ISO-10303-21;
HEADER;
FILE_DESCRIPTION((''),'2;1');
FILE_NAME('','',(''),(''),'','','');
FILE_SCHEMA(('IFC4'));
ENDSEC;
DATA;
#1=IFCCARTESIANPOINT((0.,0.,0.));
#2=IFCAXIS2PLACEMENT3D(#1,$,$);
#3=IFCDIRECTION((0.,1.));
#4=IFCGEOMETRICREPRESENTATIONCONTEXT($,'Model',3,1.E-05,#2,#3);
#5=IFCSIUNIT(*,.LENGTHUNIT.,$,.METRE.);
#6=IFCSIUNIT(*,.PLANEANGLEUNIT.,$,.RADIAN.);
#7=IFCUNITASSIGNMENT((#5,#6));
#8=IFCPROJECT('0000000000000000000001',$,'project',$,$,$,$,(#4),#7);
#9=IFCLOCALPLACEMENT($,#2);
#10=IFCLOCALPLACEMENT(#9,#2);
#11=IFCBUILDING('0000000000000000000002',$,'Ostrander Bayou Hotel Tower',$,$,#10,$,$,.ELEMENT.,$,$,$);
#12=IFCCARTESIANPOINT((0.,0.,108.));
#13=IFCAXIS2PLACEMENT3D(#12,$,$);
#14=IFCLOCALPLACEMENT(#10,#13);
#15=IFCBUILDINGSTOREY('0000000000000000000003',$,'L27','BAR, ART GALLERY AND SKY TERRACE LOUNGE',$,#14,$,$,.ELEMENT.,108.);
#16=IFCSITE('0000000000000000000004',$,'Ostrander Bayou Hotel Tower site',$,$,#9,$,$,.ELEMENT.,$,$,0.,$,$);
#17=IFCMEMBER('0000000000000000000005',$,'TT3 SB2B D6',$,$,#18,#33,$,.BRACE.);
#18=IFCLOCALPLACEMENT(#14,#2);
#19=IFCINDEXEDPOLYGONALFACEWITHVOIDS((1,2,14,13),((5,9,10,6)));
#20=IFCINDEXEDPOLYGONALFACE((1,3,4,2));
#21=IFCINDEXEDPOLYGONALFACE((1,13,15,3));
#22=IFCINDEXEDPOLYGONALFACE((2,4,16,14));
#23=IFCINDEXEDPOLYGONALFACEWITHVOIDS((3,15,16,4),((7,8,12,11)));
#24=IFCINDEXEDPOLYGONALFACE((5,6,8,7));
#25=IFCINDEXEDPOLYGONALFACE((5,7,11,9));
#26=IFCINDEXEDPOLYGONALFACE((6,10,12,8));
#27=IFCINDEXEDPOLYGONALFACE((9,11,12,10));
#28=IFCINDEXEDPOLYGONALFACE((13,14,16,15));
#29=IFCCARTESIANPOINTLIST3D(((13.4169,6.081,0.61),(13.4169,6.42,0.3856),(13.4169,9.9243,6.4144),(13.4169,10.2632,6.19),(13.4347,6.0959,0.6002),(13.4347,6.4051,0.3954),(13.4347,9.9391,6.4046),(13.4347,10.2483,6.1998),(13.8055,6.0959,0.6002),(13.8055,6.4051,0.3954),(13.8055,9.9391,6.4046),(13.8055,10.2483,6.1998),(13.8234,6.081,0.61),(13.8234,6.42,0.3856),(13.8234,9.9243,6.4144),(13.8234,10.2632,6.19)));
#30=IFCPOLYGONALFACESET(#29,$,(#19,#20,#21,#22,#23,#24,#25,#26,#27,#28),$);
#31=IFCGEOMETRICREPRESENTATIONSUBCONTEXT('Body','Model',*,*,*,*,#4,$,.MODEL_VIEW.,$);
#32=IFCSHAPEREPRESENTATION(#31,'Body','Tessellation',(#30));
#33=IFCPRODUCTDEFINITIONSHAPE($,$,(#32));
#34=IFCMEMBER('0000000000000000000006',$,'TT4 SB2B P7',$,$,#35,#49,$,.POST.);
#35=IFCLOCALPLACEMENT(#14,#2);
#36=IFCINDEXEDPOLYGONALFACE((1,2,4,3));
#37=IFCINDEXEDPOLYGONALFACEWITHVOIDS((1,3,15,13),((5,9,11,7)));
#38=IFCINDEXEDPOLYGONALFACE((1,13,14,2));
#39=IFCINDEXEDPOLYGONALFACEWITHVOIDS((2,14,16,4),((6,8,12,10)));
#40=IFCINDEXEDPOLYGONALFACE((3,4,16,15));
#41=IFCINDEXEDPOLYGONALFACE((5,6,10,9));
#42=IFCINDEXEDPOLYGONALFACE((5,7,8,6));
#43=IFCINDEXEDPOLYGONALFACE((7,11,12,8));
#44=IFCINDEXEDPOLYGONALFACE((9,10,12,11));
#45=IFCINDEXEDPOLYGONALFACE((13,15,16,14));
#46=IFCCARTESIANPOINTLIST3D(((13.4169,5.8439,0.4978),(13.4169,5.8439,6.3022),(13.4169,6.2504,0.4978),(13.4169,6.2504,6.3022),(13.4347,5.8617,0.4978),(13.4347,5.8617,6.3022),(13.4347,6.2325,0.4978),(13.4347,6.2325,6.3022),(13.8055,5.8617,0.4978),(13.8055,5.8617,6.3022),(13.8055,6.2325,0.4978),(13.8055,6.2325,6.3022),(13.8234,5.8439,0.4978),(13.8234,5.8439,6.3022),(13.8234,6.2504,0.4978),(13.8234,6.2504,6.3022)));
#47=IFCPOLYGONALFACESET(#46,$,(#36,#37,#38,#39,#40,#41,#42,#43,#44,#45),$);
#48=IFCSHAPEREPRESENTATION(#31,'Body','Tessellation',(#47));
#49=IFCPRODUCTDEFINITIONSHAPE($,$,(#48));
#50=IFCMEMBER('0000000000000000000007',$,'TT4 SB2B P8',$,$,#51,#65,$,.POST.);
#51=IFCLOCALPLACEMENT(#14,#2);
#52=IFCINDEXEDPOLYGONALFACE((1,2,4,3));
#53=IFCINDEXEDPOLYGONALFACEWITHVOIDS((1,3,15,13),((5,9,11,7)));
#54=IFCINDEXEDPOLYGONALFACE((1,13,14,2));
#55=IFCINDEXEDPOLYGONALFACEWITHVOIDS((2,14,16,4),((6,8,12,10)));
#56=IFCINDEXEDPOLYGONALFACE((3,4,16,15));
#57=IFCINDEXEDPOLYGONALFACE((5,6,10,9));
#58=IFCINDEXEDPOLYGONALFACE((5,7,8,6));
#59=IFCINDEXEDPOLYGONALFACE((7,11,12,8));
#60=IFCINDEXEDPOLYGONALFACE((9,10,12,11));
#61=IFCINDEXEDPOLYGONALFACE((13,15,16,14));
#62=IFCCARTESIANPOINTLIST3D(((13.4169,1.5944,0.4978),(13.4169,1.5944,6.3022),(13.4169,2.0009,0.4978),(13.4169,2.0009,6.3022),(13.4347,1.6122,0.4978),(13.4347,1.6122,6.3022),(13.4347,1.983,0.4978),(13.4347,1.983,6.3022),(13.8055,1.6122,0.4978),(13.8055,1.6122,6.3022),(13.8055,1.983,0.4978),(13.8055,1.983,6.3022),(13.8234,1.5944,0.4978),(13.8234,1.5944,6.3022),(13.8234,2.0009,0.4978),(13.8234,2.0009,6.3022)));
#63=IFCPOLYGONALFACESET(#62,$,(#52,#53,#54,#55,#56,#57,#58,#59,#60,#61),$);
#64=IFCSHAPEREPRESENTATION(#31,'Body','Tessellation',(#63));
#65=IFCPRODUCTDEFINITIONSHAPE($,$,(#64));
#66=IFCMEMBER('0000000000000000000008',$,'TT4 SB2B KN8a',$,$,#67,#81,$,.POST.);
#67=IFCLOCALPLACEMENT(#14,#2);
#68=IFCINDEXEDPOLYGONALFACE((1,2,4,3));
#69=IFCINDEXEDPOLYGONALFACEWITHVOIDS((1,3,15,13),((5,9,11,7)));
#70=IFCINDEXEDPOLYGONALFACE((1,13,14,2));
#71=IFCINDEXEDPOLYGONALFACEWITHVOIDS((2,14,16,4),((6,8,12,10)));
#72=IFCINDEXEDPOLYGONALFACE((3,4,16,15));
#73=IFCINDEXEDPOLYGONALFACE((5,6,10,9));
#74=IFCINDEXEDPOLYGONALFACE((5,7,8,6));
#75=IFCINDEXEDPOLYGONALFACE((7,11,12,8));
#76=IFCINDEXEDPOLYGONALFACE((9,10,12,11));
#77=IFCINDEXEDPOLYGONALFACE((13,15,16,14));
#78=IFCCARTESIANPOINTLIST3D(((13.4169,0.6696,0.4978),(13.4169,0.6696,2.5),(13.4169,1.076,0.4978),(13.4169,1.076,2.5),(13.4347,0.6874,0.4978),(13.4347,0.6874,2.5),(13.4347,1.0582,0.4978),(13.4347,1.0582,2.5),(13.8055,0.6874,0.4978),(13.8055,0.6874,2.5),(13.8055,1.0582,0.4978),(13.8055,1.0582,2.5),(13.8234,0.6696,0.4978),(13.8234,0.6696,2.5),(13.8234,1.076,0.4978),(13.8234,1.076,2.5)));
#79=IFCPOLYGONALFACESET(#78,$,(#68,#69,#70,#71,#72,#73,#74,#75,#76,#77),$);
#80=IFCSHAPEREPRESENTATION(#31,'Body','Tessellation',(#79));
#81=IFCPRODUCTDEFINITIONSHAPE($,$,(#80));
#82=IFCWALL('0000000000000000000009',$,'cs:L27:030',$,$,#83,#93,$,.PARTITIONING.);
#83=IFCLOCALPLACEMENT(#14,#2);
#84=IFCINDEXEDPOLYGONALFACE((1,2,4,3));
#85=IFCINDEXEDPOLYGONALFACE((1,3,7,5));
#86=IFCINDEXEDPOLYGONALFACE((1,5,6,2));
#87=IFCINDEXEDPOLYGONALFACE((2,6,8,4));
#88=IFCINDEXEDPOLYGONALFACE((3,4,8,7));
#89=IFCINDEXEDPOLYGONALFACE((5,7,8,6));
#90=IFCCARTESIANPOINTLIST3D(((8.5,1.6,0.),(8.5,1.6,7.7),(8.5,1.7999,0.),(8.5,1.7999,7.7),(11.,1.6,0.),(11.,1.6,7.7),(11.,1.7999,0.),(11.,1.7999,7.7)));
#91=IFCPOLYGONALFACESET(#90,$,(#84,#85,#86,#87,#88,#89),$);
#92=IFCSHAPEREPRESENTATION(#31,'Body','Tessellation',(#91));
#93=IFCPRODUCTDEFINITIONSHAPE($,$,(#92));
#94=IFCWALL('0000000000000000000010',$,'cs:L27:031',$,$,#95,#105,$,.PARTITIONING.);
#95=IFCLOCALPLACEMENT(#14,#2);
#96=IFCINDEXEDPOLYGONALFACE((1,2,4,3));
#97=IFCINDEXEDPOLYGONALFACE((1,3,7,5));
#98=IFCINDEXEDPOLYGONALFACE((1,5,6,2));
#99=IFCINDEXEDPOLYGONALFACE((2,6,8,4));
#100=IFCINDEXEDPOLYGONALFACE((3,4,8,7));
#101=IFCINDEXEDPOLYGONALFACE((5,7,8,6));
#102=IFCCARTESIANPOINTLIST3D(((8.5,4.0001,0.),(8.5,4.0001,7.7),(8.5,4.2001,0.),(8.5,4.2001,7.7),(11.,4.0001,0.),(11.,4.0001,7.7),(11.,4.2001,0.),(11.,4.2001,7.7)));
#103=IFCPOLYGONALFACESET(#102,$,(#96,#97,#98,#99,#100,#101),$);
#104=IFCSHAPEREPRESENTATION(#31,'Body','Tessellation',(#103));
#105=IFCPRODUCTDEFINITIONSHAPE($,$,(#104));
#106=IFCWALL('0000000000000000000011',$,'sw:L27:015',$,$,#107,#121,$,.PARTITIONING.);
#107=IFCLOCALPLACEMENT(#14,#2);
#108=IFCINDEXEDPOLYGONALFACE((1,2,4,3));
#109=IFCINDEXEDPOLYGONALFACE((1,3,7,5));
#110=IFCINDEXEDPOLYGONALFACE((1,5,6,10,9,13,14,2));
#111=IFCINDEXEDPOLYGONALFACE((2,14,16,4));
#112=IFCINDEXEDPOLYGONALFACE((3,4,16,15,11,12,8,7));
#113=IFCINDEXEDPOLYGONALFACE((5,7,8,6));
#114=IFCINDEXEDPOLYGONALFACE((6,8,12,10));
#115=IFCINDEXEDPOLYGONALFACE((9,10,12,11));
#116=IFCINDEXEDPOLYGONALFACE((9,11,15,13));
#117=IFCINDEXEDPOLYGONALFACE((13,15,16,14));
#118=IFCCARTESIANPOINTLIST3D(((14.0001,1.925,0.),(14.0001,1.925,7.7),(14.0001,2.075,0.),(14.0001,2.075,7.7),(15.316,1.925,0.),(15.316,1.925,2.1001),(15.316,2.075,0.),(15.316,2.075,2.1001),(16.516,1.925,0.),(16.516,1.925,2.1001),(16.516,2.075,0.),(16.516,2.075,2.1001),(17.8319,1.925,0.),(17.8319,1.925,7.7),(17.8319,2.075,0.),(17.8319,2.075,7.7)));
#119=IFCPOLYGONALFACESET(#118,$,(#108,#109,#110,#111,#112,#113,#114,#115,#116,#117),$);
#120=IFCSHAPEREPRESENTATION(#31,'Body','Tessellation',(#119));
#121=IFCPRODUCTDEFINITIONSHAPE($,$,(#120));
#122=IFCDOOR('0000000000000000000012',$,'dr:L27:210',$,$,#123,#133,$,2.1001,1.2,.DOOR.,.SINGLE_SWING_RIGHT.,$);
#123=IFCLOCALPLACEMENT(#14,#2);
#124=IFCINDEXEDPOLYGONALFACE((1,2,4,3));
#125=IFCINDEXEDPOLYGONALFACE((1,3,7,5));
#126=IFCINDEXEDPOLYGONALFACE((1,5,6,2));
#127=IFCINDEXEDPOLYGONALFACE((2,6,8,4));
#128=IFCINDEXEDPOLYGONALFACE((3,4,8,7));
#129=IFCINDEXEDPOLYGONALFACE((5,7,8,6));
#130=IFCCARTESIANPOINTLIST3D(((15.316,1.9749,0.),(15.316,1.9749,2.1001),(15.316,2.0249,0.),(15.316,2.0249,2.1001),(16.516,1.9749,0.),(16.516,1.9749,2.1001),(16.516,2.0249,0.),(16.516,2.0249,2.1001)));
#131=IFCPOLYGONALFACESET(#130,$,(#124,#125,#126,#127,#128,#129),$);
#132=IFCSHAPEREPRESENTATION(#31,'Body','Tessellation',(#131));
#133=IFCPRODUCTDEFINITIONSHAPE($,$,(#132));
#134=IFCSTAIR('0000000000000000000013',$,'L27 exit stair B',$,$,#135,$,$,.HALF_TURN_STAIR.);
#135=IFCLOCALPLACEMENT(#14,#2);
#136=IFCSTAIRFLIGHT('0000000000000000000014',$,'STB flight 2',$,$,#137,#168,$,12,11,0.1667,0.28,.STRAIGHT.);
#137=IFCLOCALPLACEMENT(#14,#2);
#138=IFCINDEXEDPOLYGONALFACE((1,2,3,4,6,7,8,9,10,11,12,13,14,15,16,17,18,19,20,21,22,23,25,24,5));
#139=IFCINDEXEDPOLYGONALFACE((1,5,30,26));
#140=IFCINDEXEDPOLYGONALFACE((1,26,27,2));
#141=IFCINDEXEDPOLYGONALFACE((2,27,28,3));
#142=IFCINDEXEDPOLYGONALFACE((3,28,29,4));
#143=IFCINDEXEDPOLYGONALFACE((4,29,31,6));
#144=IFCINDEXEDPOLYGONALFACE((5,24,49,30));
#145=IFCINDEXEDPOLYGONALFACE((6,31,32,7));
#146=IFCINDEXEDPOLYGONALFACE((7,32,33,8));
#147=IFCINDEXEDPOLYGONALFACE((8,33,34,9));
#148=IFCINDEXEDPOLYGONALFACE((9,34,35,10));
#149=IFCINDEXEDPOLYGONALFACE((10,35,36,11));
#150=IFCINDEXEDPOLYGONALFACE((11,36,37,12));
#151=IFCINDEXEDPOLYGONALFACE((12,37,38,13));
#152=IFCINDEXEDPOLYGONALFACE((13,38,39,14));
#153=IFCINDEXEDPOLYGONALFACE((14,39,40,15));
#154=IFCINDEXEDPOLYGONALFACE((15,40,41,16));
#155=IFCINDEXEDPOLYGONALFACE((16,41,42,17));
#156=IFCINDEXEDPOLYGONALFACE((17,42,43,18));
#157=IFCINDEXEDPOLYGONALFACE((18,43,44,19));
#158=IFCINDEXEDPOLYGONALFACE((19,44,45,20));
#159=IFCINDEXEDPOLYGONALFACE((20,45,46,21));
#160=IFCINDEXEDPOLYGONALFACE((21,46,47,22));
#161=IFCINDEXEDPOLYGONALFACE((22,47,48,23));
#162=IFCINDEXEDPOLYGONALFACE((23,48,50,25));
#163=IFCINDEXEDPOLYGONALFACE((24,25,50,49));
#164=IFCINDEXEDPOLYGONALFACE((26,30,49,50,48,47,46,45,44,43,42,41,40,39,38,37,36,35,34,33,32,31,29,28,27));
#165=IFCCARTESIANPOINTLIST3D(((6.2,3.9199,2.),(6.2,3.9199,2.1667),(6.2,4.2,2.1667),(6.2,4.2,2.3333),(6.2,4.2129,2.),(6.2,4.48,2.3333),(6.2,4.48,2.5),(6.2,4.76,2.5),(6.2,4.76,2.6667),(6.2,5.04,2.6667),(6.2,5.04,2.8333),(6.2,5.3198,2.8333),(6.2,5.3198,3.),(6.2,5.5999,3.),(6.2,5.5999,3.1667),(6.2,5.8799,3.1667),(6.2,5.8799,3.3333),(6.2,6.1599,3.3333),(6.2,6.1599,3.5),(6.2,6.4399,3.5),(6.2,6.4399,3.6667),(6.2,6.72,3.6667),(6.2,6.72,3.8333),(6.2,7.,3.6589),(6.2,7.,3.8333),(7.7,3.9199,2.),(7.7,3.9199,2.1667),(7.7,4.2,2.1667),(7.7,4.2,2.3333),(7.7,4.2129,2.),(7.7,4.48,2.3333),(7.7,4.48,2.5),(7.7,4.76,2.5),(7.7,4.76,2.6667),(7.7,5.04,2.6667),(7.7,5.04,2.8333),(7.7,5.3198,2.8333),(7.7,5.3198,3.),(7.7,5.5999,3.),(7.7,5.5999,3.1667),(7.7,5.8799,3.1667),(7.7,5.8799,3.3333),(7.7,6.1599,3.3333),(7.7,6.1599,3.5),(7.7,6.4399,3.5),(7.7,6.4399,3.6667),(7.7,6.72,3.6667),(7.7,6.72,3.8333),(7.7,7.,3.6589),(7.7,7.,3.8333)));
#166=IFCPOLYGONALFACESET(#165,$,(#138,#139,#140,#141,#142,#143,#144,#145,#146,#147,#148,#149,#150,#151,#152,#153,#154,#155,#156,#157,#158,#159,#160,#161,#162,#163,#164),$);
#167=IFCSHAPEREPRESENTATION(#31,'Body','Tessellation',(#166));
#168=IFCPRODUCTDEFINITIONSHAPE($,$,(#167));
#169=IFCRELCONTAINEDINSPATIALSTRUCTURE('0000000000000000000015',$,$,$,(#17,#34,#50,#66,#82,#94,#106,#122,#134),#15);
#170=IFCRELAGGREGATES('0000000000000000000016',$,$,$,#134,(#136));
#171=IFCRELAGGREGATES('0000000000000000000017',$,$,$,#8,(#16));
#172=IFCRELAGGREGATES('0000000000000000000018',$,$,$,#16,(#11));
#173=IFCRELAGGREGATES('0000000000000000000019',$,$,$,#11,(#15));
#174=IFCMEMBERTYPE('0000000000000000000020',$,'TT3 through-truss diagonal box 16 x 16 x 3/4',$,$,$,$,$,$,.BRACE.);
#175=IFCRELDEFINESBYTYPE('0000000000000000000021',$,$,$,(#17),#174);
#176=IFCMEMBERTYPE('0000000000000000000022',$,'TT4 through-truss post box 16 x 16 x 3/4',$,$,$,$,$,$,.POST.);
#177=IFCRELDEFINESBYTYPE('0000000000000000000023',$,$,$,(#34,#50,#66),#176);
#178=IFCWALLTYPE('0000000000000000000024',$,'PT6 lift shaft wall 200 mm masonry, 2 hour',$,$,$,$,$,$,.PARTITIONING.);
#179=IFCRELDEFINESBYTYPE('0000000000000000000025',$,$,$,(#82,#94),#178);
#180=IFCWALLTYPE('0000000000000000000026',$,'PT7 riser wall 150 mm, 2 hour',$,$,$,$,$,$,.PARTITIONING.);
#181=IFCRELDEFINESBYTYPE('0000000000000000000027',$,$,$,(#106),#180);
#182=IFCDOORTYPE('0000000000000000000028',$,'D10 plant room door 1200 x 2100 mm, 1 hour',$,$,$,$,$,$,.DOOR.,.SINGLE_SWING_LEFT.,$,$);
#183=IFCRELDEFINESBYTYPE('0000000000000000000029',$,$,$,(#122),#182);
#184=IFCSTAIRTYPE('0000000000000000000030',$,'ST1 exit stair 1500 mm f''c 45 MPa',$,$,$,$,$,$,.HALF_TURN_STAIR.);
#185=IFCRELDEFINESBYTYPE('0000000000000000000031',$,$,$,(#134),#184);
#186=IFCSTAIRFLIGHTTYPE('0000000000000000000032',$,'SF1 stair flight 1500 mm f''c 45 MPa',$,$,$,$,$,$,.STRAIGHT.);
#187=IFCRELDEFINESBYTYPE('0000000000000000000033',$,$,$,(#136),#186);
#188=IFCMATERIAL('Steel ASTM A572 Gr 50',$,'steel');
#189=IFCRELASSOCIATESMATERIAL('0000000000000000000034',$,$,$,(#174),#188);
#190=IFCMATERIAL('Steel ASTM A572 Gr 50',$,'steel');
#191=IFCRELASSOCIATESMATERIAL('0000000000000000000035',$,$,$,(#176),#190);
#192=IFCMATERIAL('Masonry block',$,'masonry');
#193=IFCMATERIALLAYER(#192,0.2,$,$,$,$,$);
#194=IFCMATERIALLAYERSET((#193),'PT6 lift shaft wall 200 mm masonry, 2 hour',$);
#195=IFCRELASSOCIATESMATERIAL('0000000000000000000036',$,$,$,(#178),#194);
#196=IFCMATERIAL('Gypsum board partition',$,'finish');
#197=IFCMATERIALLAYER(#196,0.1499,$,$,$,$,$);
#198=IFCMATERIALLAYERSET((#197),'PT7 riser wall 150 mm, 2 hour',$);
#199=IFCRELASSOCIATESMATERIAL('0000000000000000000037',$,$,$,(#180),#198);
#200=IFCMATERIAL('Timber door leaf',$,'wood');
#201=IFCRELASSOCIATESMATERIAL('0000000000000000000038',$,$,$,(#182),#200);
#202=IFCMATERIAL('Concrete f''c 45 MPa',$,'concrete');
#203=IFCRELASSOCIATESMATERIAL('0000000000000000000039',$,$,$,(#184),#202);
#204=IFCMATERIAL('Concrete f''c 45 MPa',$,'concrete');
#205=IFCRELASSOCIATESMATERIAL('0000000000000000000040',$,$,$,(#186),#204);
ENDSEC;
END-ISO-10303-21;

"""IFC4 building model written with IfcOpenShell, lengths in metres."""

from ifc_helpers import new_model, si_unit, direction, frame, frame_2d, origin, origin_2d, place, context, subcontext, project, spatial, polyline, rectangle, hollow_rectangle, outline, extrude, material, layer, layer_set, material_profile, profile_set, type_object, element, fill, aggregate, save


model = new_model("IFC4")

# Units and contexts
model_context = context("Model", 3, precision=1e-05, world=origin(), true_north=direction((0.0, 1.0)))
body_context = subcontext(model_context, "Body", "Model", "MODEL_VIEW")
ifc_project = project(units=[si_unit("LENGTHUNIT", "METRE"), si_unit("PLANEANGLEUNIT", "RADIAN")], contexts=[model_context])

# Site, building, storey
site_placement = place(None, origin())
site = spatial("IfcSite", under=ifc_project, at=site_placement, Name="Ostrander Bayou Hotel Tower site", CompositionType="ELEMENT", RefElevation=0.0)
building_placement = place(site_placement, origin())
building = spatial("IfcBuilding", under=site, at=building_placement, Name="Ostrander Bayou Hotel Tower", CompositionType="ELEMENT")
storey_placement = place(building_placement, frame((0.0, 0.0, 108.0)))
storey = spatial("IfcBuildingStorey", under=building, at=storey_placement, Name="L27", Description="BAR, ART GALLERY AND SKY TERRACE LOUNGE", CompositionType="ELEMENT", Elevation=108.0)

# Members
ifc_material_1 = material(Name="Steel ASTM A572 Gr 50", Category="steel")
ifc_material_profile_1 = material_profile(ifc_material_1, hollow_rectangle(XDim=0.4065, YDim=0.4065, WallThickness=0.0178, at=origin_2d()))
ifc_profile_set_1 = profile_set([ifc_material_profile_1], Name="Steel ASTM A572 Gr 50")
member_type_1 = type_object("IfcMemberType", Name="TT3 through-truss diagonal box 16 x 16 x 3/4", PredefinedType="BRACE", material=ifc_profile_set_1)
member_1_placement = place(storey_placement, frame((13.6201, 6.2505, 0.4978), z_axis=(0.0, 0.552075, 0.833794), x_axis=(-1.0, 0.0, 0.0)))
element("IfcMember", 1, at=member_1_placement, inside=storey, type_object=member_type_1, Name="TT3 SB2B D6", PredefinedType="BRACE", context=body_context, shape_type="SweptSolid", body=[
    extrude(hollow_rectangle(XDim=0.4065, YDim=0.4065, WallThickness=0.0178, at=origin_2d()), origin(), (0.0, 0.0, 1.0), 6.9614),
])
ifc_material_2 = material(Name="Steel ASTM A572 Gr 50", Category="steel")
ifc_material_profile_2 = material_profile(ifc_material_2, hollow_rectangle(XDim=0.4065, YDim=0.4065, WallThickness=0.0178, at=origin_2d()))
ifc_profile_set_2 = profile_set([ifc_material_profile_2], Name="Steel ASTM A572 Gr 50")
member_type_2 = type_object("IfcMemberType", Name="TT4 through-truss post box 16 x 16 x 3/4", PredefinedType="POST", material=ifc_profile_set_2)
for number, where, z_axis, x_axis, name in (
    (2, (13.6201, 6.0471, 0.4978), (0.0, 0.0, 1.0), (1.0, 0.0, 0.0), "TT4 SB2B P7"),
    (3, (13.6201, 1.7976, 0.4978), (0.0, 0.0, 1.0), (1.0, 0.0, 0.0), "TT4 SB2B P8"),
):
    element("IfcMember", number, at=place(storey_placement, frame(where, z_axis=z_axis, x_axis=x_axis)), inside=storey, type_object=member_type_2, Name=name, PredefinedType="POST", context=body_context, shape_type="SweptSolid", body=[
        extrude(hollow_rectangle(XDim=0.4065, YDim=0.4065, WallThickness=0.0178, at=origin_2d()), origin(), (0.0, 0.0, 1.0), 5.8044),
    ])
member_2_placement = place(storey_placement, frame((13.6201, 0.8728, 0.4978), z_axis=(0.0, 0.0, 1.0), x_axis=(1.0, 0.0, 0.0)))
element("IfcMember", 4, at=member_2_placement, inside=storey, type_object=member_type_2, Name="TT4 SB2B KN8a", PredefinedType="POST", context=body_context, shape_type="SweptSolid", body=[
    extrude(hollow_rectangle(XDim=0.4065, YDim=0.4065, WallThickness=0.0178, at=origin_2d()), origin(), (0.0, 0.0, 1.0), 2.0022),
])

# Walls
ifc_material_3 = material(Name="Masonry block", Category="masonry")
ifc_layer_1 = layer(ifc_material_3, 0.2)
ifc_layer_set_1 = layer_set([ifc_layer_1], Name="PT6 lift shaft wall 200 mm masonry, 2 hour")
wall_type_1 = type_object("IfcWallType", Name="PT6 lift shaft wall 200 mm masonry, 2 hour", PredefinedType="PARTITIONING", material=ifc_layer_set_1)
for number, where, z_axis, x_axis, name in (
    (5, (8.5, 1.7, 0.0), (0.0, 0.0, 1.0), (1.0, 0.0, 0.0), "cs:L27:030"),
    (6, (8.5, 4.1001, 0.0), (0.0, 0.0, 1.0), (1.0, 0.0, 0.0), "cs:L27:031"),
):
    element("IfcWall", number, at=place(storey_placement, frame(where, z_axis=z_axis, x_axis=x_axis)), inside=storey, type_object=wall_type_1, Name=name, PredefinedType="PARTITIONING", context=body_context, shape_type="SweptSolid", body=[
        extrude(rectangle(XDim=2.5, YDim=0.2, at=frame_2d((1.25, 0.0))), origin(), (0.0, 0.0, 1.0), 7.7),
    ])

# Wall, opening, door
ifc_material_4 = material(Name="Gypsum board partition", Category="finish")
ifc_layer_2 = layer(ifc_material_4, 0.1499)
ifc_layer_set_2 = layer_set([ifc_layer_2], Name="PT7 riser wall 150 mm, 2 hour")
wall_type_2 = type_object("IfcWallType", Name="PT7 riser wall 150 mm, 2 hour", PredefinedType="PARTITIONING", material=ifc_layer_set_2)
wall_placement = place(storey_placement, frame((14.0, 2.0, 0.0), z_axis=(0.0, 0.0, 1.0), x_axis=(1.0, 0.0, 0.0)))
wall = element("IfcWall", 7, at=wall_placement, inside=storey, type_object=wall_type_2, Name="sw:L27:015", PredefinedType="PARTITIONING", context=body_context, shape_type="SweptSolid", body=[
    extrude(rectangle(XDim=3.8318, YDim=0.1499, at=frame_2d((1.916, 0.0))), origin(), (0.0, 0.0, 1.0), 7.7),
])
opening_placement = place(wall_placement, frame((1.3159, 0.0, 0.0)))
opening = element("IfcOpeningElement", 8, at=opening_placement, cuts=wall, PredefinedType="OPENING", context=body_context, shape_type="SweptSolid", body=[
    extrude(rectangle(XDim=1.2, YDim=2.1001, at=frame_2d((0.6001, 1.05))), frame((0.0, 0.075, 0.0), z_axis=(0.0, -1.0, 0.0), x_axis=(1.0, 0.0, 0.0)), (0.0, 0.0, 1.0), 0.1499),
])
ifc_material_5 = material(Name="Timber door leaf", Category="wood")
door_type = type_object("IfcDoorType", Name="D10 plant room door 1200 x 2100 mm, 1 hour", OperationType="SINGLE_SWING_LEFT", PredefinedType="DOOR", material=ifc_material_5)
door_placement = place(opening_placement, origin())
door = element("IfcDoor", 9, at=door_placement, inside=storey, type_object=door_type, Name="dr:L27:210", OperationType="SINGLE_SWING_RIGHT", OverallHeight=2.1001, OverallWidth=1.2, PredefinedType="DOOR", context=body_context, shape_type="SweptSolid", body=[
    extrude(rectangle(XDim=1.2, YDim=2.1001, at=frame_2d((0.6001, 1.05))), frame((0.0, 0.0249, 0.0), z_axis=(0.0, -1.0, 0.0), x_axis=(1.0, 0.0, 0.0)), (0.0, 0.0, 1.0), 0.05),
])
fill(opening, door)

# Stair, stair flight
ifc_material_6 = material(Name="Concrete f'c 45 MPa", Category="concrete")
stair_type = type_object("IfcStairType", Name="ST1 exit stair 1500 mm f'c 45 MPa", PredefinedType="HALF_TURN_STAIR", material=ifc_material_6)
stair_placement = place(storey_placement, origin())
stair = element("IfcStair", 10, at=stair_placement, inside=storey, type_object=stair_type, Name="L27 exit stair B", PredefinedType="HALF_TURN_STAIR")
ifc_material_7 = material(Name="Concrete f'c 45 MPa", Category="concrete")
stair_flight_type = type_object("IfcStairFlightType", Name="SF1 stair flight 1500 mm f'c 45 MPa", PredefinedType="STRAIGHT", material=ifc_material_7)
stair_flight_1_placement = place(storey_placement, frame((6.95, 3.9199, 2.0), z_axis=(0.0, 0.0, 1.0), x_axis=(0.0, 1.0, 0.0)))
stair_flight_1 = element("IfcStairFlight", 11, at=stair_flight_1_placement, type_object=stair_flight_type, Name="STB flight 2", NumberOfRisers=12, NumberOfTreads=11, PredefinedType="STRAIGHT", RiserHeight=0.1667, TreadLength=0.28, context=body_context, shape_type="SweptSolid", body=[
    extrude(outline(polyline([(0.0, 0.0), (0.0, 0.1667), (0.28, 0.1667), (0.28, 0.3333), (0.5601, 0.3333), (0.5601, 0.5), (0.8401, 0.5), (0.8401, 0.6667), (1.1201, 0.6667), (1.1201, 0.8333), (1.3999, 0.8333), (1.3999, 1.0), (1.6799, 1.0), (1.6799, 1.1667), (1.96, 1.1667), (1.96, 1.3333), (2.24, 1.3333), (2.24, 1.5), (2.52, 1.5), (2.52, 1.6667), (2.8, 1.6667), (2.8, 1.8333), (3.0801, 1.8333), (3.0801, 2.0), (3.0801, 1.6589), (0.293, 0.0), (0.0, 0.0)])), frame((0.0, 0.75, 0.0), z_axis=(0.0, -1.0, 0.0), x_axis=(1.0, 0.0, 0.0)), (0.0, 0.0, 1.0), 1.5),
])
aggregate(stair, [stair_flight_1])

save(model, "model.ifc")
